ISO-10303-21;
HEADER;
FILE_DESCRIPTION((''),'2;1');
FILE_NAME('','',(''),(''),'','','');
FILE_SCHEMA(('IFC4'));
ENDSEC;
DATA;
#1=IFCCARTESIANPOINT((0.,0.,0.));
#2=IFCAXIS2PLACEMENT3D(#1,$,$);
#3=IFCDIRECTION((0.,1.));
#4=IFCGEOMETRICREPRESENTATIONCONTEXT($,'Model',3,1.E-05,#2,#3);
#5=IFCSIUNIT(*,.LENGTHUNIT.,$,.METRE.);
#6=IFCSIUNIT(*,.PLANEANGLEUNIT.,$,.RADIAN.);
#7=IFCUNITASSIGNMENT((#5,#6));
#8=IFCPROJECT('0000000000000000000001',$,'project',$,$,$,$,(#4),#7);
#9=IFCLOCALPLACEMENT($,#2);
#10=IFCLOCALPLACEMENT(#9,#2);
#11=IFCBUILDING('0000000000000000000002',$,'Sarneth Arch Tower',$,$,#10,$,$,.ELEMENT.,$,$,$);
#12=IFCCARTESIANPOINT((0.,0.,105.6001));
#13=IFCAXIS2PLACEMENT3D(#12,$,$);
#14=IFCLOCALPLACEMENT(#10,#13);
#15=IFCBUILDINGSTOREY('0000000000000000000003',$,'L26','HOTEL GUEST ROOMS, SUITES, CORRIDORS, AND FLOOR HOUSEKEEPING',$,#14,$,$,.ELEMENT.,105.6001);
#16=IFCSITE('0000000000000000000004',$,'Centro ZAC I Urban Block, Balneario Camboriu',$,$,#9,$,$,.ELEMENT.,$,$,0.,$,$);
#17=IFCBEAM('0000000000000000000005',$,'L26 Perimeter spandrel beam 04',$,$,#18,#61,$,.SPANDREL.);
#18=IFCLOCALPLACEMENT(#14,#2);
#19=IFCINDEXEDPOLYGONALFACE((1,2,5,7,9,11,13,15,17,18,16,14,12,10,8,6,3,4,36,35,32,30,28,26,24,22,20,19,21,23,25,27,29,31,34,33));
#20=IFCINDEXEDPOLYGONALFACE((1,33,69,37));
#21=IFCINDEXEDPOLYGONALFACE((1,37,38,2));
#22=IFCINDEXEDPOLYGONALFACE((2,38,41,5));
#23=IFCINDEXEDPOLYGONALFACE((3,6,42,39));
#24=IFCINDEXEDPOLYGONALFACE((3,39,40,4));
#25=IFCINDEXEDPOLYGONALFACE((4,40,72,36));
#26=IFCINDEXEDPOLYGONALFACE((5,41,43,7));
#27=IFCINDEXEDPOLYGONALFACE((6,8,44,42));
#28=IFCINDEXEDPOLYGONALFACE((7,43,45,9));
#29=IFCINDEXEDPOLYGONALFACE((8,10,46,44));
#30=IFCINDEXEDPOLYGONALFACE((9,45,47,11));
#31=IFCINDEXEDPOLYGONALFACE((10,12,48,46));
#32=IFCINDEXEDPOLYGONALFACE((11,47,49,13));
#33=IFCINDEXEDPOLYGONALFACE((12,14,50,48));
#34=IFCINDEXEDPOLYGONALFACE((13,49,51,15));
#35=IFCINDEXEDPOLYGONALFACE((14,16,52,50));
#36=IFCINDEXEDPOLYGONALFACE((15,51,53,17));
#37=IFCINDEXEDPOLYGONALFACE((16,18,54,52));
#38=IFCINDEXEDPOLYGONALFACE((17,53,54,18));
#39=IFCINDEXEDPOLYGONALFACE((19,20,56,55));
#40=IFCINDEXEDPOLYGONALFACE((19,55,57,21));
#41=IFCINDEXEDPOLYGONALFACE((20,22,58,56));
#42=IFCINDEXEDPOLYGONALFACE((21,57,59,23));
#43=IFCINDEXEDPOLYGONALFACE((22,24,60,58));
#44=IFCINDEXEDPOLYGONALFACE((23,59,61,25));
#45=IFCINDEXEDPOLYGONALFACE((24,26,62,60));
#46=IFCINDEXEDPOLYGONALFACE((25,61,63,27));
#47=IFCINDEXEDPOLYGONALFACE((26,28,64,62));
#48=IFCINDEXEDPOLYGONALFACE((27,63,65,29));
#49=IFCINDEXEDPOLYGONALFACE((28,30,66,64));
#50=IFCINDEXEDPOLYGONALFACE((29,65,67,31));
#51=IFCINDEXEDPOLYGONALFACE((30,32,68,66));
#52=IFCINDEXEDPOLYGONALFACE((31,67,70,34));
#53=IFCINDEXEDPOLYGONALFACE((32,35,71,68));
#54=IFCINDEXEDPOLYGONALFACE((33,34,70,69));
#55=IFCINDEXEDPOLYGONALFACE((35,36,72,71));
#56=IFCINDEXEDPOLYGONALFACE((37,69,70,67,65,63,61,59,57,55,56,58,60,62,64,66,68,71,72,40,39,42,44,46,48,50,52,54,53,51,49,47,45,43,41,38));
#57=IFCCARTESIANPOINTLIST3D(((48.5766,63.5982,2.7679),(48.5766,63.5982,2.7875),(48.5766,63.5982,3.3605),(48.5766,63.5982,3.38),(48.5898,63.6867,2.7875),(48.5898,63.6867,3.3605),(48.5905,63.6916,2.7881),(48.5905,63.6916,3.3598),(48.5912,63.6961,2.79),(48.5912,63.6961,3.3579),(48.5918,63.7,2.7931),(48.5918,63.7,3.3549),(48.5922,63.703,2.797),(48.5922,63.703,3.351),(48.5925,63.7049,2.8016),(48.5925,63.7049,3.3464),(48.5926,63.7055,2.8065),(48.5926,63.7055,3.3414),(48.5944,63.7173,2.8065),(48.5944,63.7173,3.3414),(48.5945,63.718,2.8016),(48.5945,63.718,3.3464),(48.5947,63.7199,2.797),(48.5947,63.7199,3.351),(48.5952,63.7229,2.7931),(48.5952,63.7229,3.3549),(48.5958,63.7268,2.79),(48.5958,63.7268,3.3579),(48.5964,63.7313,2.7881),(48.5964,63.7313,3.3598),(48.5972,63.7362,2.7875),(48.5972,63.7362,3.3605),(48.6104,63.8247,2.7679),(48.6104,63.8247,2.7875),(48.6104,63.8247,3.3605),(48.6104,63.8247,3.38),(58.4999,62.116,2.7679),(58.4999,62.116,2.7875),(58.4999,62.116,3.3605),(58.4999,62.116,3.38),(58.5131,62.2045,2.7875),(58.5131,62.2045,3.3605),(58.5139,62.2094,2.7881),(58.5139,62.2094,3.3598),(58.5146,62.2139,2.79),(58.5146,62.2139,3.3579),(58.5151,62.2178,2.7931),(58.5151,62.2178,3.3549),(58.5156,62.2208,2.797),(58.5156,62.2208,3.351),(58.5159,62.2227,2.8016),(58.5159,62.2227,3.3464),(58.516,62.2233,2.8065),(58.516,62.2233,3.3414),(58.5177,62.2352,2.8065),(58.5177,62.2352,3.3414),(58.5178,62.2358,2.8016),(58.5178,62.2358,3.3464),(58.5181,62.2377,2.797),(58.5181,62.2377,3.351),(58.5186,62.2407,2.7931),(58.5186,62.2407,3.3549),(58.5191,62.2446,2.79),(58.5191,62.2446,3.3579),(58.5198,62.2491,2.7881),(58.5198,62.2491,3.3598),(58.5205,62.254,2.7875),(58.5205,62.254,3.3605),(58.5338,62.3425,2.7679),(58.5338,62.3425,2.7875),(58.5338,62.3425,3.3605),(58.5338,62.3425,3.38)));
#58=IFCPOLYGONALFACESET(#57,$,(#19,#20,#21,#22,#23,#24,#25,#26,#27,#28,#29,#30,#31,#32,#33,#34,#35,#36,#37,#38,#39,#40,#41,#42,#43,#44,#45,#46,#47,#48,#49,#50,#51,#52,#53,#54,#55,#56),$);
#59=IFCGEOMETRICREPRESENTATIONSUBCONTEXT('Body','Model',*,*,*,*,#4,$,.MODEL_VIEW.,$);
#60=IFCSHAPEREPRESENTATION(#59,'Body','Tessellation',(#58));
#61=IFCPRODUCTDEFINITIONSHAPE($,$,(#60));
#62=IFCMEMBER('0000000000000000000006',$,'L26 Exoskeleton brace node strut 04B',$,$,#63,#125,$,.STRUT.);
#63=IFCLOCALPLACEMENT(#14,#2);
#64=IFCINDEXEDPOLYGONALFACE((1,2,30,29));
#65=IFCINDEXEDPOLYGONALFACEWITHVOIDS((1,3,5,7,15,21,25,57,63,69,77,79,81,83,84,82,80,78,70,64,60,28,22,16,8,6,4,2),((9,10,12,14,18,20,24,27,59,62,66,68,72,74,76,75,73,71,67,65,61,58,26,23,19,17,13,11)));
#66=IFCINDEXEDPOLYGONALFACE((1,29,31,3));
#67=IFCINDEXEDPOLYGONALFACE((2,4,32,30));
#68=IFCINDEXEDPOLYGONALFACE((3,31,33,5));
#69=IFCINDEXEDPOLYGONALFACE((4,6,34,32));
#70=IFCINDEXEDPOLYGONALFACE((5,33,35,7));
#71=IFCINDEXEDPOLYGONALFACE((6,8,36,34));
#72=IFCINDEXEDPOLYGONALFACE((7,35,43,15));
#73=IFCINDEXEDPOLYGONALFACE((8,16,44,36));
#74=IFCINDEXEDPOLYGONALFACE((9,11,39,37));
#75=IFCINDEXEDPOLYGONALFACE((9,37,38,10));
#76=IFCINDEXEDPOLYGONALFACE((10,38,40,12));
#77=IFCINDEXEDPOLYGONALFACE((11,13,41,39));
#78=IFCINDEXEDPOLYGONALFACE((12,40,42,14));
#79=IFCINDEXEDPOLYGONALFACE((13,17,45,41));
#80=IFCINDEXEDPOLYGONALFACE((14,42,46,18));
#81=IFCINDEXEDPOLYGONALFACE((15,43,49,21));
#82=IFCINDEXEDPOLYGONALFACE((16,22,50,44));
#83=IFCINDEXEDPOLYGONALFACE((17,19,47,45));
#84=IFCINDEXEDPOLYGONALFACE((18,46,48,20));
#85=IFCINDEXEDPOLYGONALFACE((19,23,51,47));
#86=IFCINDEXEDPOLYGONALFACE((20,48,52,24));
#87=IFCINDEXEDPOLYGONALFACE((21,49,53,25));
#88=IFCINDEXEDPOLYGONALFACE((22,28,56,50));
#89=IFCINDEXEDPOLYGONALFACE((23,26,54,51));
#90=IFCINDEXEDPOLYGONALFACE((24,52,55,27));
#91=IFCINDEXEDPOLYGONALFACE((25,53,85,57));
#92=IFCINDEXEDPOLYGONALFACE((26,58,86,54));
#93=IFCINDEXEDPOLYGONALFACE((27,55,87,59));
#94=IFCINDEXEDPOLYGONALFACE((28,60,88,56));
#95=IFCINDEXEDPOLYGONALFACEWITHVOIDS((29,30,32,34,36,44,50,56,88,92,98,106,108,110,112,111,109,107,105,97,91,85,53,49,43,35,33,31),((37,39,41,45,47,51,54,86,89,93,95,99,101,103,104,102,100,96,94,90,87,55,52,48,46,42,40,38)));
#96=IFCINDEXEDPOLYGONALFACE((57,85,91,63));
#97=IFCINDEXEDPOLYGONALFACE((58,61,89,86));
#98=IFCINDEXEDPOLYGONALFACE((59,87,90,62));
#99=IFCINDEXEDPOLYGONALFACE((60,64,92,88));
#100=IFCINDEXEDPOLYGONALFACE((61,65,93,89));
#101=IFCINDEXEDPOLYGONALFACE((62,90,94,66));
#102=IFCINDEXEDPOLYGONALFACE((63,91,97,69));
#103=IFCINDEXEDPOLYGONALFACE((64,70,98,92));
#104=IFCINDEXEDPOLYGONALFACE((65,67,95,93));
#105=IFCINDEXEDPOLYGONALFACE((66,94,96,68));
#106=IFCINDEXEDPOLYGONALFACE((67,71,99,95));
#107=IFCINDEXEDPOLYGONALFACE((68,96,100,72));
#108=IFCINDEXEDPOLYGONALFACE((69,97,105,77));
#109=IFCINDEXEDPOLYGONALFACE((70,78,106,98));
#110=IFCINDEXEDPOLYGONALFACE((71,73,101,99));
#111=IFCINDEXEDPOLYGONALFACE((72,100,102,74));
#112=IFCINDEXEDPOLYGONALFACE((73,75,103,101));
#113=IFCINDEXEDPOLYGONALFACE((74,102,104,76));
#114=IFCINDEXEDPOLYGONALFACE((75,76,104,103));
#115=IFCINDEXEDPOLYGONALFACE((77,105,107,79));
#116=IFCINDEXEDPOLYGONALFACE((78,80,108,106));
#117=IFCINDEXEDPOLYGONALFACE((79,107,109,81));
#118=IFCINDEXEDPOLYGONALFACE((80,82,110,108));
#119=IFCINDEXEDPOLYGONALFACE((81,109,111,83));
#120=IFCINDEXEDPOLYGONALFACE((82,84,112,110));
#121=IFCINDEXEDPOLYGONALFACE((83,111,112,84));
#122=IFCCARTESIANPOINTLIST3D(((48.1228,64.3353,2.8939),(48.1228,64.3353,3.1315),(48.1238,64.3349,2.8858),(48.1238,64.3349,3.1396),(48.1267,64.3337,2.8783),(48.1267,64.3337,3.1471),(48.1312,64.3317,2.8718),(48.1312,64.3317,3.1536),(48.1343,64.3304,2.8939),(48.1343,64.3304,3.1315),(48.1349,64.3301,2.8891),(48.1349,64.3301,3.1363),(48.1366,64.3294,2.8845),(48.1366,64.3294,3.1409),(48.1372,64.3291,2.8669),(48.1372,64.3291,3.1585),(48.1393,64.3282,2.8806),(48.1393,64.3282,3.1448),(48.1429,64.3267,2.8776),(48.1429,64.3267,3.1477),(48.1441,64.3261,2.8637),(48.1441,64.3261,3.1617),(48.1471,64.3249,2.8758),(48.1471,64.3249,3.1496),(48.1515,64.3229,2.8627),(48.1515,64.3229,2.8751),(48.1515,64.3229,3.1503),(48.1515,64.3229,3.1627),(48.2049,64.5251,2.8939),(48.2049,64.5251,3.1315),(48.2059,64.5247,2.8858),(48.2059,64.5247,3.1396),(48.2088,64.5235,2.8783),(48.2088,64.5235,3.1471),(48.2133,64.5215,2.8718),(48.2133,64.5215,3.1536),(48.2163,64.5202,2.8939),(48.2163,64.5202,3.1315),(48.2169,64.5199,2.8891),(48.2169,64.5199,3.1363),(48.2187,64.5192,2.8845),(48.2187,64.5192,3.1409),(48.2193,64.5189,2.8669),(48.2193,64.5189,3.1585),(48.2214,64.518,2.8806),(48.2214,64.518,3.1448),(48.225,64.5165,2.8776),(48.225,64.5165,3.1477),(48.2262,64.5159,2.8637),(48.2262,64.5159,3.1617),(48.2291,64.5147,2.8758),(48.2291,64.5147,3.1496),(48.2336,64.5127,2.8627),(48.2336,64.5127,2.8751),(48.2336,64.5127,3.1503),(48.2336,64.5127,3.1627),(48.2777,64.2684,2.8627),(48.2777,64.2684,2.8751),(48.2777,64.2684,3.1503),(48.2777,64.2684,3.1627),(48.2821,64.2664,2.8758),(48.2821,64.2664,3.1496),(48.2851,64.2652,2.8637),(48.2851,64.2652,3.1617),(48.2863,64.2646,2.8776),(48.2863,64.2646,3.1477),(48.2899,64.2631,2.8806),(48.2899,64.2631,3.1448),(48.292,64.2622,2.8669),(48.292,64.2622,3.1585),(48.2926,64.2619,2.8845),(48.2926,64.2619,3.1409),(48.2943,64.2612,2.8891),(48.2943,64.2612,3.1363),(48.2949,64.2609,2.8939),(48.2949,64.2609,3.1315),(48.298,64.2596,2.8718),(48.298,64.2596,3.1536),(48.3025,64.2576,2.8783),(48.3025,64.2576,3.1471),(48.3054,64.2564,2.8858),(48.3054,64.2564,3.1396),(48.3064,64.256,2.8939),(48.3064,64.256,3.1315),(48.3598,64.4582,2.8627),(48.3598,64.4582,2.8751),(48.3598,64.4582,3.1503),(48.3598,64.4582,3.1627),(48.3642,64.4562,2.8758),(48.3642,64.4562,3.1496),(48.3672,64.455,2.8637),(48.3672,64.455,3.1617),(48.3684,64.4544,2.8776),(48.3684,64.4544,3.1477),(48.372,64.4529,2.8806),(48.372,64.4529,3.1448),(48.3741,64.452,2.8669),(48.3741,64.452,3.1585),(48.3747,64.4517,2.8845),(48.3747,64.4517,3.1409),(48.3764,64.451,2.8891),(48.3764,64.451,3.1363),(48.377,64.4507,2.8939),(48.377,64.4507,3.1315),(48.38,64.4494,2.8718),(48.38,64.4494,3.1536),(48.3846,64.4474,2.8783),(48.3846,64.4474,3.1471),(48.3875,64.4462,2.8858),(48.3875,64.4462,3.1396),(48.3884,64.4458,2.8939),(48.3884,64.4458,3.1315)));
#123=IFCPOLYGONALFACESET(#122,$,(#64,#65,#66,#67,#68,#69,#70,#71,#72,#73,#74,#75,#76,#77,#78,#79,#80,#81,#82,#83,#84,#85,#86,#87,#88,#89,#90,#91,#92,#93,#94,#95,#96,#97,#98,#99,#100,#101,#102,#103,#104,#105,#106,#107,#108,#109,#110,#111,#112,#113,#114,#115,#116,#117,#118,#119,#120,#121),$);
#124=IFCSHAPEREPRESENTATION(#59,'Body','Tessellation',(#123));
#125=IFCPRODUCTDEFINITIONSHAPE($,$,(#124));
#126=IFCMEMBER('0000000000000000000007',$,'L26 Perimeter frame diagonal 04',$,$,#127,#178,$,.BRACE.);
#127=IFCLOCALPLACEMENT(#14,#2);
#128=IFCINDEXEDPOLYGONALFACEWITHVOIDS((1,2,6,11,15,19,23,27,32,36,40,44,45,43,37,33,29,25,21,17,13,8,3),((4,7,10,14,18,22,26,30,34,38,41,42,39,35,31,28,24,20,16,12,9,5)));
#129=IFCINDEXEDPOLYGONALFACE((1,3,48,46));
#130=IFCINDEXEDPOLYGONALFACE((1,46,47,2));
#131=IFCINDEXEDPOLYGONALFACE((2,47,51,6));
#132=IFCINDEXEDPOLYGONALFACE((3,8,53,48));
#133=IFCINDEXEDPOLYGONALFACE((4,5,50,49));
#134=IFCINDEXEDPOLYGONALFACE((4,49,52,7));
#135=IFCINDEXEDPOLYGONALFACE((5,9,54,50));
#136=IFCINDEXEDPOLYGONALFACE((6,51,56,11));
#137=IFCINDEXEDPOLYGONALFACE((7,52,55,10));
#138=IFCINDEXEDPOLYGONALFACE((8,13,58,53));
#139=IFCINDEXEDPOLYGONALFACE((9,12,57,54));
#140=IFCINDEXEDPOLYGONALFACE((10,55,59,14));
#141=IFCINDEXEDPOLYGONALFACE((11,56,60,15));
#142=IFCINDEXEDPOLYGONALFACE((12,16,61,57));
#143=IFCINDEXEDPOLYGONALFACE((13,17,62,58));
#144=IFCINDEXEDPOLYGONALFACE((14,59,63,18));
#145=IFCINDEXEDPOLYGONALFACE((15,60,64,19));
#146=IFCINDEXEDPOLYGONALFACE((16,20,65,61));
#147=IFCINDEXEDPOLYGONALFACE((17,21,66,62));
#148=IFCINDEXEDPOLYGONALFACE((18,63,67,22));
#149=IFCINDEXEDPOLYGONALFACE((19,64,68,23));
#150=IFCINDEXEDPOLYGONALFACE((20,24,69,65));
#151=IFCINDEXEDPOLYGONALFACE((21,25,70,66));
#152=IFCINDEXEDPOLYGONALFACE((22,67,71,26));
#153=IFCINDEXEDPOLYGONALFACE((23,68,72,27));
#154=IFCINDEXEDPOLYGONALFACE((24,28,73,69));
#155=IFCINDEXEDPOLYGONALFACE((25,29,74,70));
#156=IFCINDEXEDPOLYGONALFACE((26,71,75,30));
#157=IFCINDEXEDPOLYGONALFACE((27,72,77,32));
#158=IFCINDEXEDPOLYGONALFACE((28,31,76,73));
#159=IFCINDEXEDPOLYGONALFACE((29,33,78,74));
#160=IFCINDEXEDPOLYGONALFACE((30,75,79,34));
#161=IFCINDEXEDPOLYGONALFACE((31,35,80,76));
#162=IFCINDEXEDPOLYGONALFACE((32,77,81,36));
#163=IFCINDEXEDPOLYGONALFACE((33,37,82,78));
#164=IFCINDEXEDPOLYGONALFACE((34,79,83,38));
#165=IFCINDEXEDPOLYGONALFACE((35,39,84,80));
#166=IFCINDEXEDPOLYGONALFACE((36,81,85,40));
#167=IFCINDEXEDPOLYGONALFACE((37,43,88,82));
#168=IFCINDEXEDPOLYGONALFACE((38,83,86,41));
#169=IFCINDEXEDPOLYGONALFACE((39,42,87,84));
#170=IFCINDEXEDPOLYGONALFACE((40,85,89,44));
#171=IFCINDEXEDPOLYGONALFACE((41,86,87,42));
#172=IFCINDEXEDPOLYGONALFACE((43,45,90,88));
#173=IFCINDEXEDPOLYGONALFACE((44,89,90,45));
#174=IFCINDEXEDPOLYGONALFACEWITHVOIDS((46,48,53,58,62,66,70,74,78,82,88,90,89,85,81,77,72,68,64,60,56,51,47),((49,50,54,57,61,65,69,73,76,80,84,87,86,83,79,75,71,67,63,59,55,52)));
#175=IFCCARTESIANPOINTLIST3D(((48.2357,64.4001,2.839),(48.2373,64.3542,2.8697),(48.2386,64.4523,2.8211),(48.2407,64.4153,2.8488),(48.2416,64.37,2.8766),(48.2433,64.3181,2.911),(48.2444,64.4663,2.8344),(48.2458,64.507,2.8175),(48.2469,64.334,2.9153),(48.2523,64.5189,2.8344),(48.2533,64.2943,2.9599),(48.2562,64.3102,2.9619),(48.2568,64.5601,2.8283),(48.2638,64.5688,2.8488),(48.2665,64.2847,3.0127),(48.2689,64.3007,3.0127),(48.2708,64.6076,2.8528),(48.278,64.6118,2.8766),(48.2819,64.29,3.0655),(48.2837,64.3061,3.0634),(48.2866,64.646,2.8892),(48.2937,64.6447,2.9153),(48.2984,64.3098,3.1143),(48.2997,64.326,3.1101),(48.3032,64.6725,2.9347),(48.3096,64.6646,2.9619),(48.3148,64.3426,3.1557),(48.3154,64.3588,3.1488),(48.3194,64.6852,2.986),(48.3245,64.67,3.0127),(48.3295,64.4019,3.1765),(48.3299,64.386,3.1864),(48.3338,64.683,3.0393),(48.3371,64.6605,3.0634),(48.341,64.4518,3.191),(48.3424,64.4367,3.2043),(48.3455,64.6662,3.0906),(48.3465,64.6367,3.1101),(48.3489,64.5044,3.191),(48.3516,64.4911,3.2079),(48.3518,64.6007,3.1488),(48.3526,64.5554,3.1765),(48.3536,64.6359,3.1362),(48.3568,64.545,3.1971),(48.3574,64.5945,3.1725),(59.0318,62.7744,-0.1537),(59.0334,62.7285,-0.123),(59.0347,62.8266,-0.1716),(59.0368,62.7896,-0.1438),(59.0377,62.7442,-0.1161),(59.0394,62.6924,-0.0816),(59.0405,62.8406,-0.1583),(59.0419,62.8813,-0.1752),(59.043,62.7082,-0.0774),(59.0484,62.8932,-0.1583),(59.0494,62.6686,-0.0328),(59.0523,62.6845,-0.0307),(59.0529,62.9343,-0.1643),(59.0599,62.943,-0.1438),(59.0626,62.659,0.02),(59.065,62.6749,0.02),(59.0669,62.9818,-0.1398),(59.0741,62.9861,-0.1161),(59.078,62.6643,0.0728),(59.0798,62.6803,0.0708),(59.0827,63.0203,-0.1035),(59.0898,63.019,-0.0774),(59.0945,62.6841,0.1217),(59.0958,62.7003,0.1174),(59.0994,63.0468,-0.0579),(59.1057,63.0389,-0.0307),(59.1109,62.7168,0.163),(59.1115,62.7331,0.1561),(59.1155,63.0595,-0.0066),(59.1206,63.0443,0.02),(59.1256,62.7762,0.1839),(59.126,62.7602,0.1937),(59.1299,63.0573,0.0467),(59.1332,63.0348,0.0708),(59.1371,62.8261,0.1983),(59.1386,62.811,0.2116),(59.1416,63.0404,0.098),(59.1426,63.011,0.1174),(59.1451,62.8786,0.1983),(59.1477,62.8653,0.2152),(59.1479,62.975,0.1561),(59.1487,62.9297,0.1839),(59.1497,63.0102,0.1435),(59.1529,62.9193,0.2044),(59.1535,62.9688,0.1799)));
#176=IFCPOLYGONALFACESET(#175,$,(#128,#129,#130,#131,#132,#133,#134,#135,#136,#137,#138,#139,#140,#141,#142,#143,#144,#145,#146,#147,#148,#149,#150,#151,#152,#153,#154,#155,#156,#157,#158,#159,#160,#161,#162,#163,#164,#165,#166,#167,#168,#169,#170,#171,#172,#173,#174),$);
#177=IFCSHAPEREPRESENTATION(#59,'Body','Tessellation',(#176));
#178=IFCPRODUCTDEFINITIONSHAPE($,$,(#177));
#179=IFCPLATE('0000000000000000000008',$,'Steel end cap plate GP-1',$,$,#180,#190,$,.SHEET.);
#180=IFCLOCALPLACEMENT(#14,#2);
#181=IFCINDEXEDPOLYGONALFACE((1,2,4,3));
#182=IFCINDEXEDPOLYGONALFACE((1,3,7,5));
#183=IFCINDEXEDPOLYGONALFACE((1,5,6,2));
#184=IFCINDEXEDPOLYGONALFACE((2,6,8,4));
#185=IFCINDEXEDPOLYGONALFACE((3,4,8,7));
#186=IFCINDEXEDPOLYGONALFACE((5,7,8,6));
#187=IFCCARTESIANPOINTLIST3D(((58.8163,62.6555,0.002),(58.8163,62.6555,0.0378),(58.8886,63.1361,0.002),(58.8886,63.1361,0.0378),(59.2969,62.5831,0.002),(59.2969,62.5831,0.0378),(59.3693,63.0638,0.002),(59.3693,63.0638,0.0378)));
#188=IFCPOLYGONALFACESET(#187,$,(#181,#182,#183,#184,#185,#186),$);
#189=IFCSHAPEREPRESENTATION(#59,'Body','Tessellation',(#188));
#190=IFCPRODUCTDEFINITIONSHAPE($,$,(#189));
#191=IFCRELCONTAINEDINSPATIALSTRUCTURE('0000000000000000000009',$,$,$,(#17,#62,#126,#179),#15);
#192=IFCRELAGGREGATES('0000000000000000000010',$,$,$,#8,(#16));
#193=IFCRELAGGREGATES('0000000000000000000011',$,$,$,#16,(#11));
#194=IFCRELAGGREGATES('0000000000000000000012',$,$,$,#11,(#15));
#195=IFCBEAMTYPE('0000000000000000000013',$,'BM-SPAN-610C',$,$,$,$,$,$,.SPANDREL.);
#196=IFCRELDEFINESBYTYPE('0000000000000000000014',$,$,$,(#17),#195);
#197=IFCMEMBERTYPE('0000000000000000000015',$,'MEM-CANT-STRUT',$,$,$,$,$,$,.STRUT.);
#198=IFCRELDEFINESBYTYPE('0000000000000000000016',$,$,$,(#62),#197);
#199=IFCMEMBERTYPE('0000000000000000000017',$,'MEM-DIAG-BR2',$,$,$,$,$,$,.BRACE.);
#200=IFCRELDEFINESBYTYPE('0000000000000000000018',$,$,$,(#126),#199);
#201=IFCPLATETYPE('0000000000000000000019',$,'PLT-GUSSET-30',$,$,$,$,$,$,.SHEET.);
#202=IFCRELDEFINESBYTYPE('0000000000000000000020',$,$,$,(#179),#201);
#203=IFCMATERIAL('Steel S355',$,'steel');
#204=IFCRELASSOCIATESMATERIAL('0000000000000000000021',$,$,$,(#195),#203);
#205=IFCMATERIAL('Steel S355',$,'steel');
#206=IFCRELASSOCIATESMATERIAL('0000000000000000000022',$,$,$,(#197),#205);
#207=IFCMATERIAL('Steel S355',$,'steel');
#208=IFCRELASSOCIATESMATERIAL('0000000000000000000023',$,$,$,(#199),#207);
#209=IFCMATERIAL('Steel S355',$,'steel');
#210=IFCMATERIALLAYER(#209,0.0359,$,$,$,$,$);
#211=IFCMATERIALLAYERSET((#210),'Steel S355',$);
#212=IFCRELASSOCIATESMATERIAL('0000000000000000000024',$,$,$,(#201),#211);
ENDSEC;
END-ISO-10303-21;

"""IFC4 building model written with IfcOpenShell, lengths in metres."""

from ifc_helpers import new_model, si_unit, direction, frame, origin, origin_2d, place, context, subcontext, project, spatial, rectangle, hollow_rectangle, hollow_circle, i_section, extrude, material, layer, layer_set, material_profile, profile_set, type_object, element, save


model = new_model("IFC4")

# Units and contexts
model_context = context("Model", 3, precision=1e-05, world=origin(), true_north=direction((0.0, 1.0)))
body_context = subcontext(model_context, "Body", "Model", "MODEL_VIEW")
ifc_project = project(units=[si_unit("LENGTHUNIT", "METRE"), si_unit("PLANEANGLEUNIT", "RADIAN")], contexts=[model_context])

# Site, building, storey
site_placement = place(None, origin())
site = spatial("IfcSite", under=ifc_project, at=site_placement, Name="Centro ZAC I Urban Block, Balneario Camboriu", CompositionType="ELEMENT", RefElevation=0.0)
building_placement = place(site_placement, origin())
building = spatial("IfcBuilding", under=site, at=building_placement, Name="Sarneth Arch Tower", CompositionType="ELEMENT")
storey_placement = place(building_placement, frame((0.0, 0.0, 105.6001)))
storey = spatial("IfcBuildingStorey", under=building, at=storey_placement, Name="L26", Description="HOTEL GUEST ROOMS, SUITES, CORRIDORS, AND FLOOR HOUSEKEEPING", CompositionType="ELEMENT", Elevation=105.6001)

# Beam
ifc_material_1 = material(Name="Steel S355", Category="steel")
ifc_material_profile_1 = material_profile(ifc_material_1, i_section(OverallWidth=0.229, OverallDepth=0.6121, WebThickness=0.012, FlangeThickness=0.0195, FilletRadius=0.019, at=origin_2d()), Name="W610x125")
ifc_profile_set_1 = profile_set([ifc_material_profile_1], Name="Steel S355")
beam_type_1 = type_object("IfcBeamType", Name="BM-SPAN-610C", PredefinedType="SPANDREL", material=ifc_profile_set_1)
beam_1_placement = place(storey_placement, frame((58.5168, 62.2292, 3.074), z_axis=(-0.989029, 0.147724, 0.0), x_axis=(-0.147724, -0.989029, 0.0)))
element("IfcBeam", 1, at=beam_1_placement, inside=storey, type_object=beam_type_1, Name="L26 Perimeter spandrel beam 04", PredefinedType="SPANDREL", context=body_context, shape_type="SweptSolid", body=[
    extrude(i_section(OverallWidth=0.229, OverallDepth=0.6121, WebThickness=0.012, FlangeThickness=0.0195, FilletRadius=0.019, at=origin_2d()), origin(), (0.0, 0.0, 1.0), 10.0334),
])

# Members
ifc_material_2 = material(Name="Steel S355", Category="steel")
ifc_material_profile_2 = material_profile(ifc_material_2, hollow_rectangle(XDim=0.2, YDim=0.3, WallThickness=0.0125, InnerFilletRadius=0.0188, OuterFilletRadius=0.0312, at=origin_2d()), Name="RHS300x200x12.5")
ifc_profile_set_2 = profile_set([ifc_material_profile_2], Name="Steel S355")
member_type_1 = type_object("IfcMemberType", Name="MEM-CANT-STRUT", PredefinedType="STRUT", material=ifc_profile_set_2)
member_1_placement = place(storey_placement, frame((48.2146, 64.2957, 3.0127), z_axis=(0.396911, 0.917857, 0.0), x_axis=(-0.917857, 0.396911, 0.0)))
element("IfcMember", 2, at=member_1_placement, inside=storey, type_object=member_type_1, Name="L26 Exoskeleton brace node strut 04B", PredefinedType="STRUT", context=body_context, shape_type="SweptSolid", body=[
    extrude(hollow_rectangle(XDim=0.2, YDim=0.3, WallThickness=0.0125, InnerFilletRadius=0.0188, OuterFilletRadius=0.0312, at=origin_2d()), origin(), (0.0, 0.0, 1.0), 0.2068),
])
ifc_material_3 = material(Name="Steel S355", Category="steel")
ifc_material_profile_3 = material_profile(ifc_material_3, hollow_circle(Radius=0.2029, WallThickness=0.0161, at=origin_2d()), Name="CHS406x16")
ifc_profile_set_3 = profile_set([ifc_material_profile_3], Name="Steel S355")
member_type_2 = type_object("IfcMemberType", Name="MEM-DIAG-BR2", PredefinedType="BRACE", material=ifc_profile_set_3)
member_2_placement = place(storey_placement, frame((59.0928, 62.8596, 0.02), z_axis=(-0.953673, 0.143608, 0.264357), x_axis=(-0.148906, -0.988851, 0.0)))
element("IfcMember", 3, at=member_2_placement, inside=storey, type_object=member_type_2, Name="L26 Perimeter frame diagonal 04", PredefinedType="BRACE", context=body_context, shape_type="SweptSolid", body=[
    extrude(hollow_circle(Radius=0.2029, WallThickness=0.0161, at=origin_2d()), origin(), (0.0, 0.0, 1.0), 11.3206),
])

# Plate
ifc_material_4 = material(Name="Steel S355", Category="steel")
ifc_layer_1 = layer(ifc_material_4, 0.0359)
ifc_layer_set_1 = layer_set([ifc_layer_1], Name="Steel S355")
plate_type = type_object("IfcPlateType", Name="PLT-GUSSET-30", PredefinedType="SHEET", material=ifc_layer_set_1)
for number, where, z_axis, x_axis, name in (
    (4, (59.0928, 62.8596, 0.002), (0.0, 0.0, 1.0), (-0.988861, 0.148845, 0.0), "Steel end cap plate GP-1"),
):
    element("IfcPlate", number, at=place(storey_placement, frame(where, z_axis=z_axis, x_axis=x_axis)), inside=storey, type_object=plate_type, Name=name, PredefinedType="SHEET", context=body_context, shape_type="SweptSolid", body=[
        extrude(rectangle(XDim=0.4861, YDim=0.4861, at=origin_2d()), origin(), (0.0, 0.0, 1.0), 0.0359),
    ])

save(model, "model.ifc")
